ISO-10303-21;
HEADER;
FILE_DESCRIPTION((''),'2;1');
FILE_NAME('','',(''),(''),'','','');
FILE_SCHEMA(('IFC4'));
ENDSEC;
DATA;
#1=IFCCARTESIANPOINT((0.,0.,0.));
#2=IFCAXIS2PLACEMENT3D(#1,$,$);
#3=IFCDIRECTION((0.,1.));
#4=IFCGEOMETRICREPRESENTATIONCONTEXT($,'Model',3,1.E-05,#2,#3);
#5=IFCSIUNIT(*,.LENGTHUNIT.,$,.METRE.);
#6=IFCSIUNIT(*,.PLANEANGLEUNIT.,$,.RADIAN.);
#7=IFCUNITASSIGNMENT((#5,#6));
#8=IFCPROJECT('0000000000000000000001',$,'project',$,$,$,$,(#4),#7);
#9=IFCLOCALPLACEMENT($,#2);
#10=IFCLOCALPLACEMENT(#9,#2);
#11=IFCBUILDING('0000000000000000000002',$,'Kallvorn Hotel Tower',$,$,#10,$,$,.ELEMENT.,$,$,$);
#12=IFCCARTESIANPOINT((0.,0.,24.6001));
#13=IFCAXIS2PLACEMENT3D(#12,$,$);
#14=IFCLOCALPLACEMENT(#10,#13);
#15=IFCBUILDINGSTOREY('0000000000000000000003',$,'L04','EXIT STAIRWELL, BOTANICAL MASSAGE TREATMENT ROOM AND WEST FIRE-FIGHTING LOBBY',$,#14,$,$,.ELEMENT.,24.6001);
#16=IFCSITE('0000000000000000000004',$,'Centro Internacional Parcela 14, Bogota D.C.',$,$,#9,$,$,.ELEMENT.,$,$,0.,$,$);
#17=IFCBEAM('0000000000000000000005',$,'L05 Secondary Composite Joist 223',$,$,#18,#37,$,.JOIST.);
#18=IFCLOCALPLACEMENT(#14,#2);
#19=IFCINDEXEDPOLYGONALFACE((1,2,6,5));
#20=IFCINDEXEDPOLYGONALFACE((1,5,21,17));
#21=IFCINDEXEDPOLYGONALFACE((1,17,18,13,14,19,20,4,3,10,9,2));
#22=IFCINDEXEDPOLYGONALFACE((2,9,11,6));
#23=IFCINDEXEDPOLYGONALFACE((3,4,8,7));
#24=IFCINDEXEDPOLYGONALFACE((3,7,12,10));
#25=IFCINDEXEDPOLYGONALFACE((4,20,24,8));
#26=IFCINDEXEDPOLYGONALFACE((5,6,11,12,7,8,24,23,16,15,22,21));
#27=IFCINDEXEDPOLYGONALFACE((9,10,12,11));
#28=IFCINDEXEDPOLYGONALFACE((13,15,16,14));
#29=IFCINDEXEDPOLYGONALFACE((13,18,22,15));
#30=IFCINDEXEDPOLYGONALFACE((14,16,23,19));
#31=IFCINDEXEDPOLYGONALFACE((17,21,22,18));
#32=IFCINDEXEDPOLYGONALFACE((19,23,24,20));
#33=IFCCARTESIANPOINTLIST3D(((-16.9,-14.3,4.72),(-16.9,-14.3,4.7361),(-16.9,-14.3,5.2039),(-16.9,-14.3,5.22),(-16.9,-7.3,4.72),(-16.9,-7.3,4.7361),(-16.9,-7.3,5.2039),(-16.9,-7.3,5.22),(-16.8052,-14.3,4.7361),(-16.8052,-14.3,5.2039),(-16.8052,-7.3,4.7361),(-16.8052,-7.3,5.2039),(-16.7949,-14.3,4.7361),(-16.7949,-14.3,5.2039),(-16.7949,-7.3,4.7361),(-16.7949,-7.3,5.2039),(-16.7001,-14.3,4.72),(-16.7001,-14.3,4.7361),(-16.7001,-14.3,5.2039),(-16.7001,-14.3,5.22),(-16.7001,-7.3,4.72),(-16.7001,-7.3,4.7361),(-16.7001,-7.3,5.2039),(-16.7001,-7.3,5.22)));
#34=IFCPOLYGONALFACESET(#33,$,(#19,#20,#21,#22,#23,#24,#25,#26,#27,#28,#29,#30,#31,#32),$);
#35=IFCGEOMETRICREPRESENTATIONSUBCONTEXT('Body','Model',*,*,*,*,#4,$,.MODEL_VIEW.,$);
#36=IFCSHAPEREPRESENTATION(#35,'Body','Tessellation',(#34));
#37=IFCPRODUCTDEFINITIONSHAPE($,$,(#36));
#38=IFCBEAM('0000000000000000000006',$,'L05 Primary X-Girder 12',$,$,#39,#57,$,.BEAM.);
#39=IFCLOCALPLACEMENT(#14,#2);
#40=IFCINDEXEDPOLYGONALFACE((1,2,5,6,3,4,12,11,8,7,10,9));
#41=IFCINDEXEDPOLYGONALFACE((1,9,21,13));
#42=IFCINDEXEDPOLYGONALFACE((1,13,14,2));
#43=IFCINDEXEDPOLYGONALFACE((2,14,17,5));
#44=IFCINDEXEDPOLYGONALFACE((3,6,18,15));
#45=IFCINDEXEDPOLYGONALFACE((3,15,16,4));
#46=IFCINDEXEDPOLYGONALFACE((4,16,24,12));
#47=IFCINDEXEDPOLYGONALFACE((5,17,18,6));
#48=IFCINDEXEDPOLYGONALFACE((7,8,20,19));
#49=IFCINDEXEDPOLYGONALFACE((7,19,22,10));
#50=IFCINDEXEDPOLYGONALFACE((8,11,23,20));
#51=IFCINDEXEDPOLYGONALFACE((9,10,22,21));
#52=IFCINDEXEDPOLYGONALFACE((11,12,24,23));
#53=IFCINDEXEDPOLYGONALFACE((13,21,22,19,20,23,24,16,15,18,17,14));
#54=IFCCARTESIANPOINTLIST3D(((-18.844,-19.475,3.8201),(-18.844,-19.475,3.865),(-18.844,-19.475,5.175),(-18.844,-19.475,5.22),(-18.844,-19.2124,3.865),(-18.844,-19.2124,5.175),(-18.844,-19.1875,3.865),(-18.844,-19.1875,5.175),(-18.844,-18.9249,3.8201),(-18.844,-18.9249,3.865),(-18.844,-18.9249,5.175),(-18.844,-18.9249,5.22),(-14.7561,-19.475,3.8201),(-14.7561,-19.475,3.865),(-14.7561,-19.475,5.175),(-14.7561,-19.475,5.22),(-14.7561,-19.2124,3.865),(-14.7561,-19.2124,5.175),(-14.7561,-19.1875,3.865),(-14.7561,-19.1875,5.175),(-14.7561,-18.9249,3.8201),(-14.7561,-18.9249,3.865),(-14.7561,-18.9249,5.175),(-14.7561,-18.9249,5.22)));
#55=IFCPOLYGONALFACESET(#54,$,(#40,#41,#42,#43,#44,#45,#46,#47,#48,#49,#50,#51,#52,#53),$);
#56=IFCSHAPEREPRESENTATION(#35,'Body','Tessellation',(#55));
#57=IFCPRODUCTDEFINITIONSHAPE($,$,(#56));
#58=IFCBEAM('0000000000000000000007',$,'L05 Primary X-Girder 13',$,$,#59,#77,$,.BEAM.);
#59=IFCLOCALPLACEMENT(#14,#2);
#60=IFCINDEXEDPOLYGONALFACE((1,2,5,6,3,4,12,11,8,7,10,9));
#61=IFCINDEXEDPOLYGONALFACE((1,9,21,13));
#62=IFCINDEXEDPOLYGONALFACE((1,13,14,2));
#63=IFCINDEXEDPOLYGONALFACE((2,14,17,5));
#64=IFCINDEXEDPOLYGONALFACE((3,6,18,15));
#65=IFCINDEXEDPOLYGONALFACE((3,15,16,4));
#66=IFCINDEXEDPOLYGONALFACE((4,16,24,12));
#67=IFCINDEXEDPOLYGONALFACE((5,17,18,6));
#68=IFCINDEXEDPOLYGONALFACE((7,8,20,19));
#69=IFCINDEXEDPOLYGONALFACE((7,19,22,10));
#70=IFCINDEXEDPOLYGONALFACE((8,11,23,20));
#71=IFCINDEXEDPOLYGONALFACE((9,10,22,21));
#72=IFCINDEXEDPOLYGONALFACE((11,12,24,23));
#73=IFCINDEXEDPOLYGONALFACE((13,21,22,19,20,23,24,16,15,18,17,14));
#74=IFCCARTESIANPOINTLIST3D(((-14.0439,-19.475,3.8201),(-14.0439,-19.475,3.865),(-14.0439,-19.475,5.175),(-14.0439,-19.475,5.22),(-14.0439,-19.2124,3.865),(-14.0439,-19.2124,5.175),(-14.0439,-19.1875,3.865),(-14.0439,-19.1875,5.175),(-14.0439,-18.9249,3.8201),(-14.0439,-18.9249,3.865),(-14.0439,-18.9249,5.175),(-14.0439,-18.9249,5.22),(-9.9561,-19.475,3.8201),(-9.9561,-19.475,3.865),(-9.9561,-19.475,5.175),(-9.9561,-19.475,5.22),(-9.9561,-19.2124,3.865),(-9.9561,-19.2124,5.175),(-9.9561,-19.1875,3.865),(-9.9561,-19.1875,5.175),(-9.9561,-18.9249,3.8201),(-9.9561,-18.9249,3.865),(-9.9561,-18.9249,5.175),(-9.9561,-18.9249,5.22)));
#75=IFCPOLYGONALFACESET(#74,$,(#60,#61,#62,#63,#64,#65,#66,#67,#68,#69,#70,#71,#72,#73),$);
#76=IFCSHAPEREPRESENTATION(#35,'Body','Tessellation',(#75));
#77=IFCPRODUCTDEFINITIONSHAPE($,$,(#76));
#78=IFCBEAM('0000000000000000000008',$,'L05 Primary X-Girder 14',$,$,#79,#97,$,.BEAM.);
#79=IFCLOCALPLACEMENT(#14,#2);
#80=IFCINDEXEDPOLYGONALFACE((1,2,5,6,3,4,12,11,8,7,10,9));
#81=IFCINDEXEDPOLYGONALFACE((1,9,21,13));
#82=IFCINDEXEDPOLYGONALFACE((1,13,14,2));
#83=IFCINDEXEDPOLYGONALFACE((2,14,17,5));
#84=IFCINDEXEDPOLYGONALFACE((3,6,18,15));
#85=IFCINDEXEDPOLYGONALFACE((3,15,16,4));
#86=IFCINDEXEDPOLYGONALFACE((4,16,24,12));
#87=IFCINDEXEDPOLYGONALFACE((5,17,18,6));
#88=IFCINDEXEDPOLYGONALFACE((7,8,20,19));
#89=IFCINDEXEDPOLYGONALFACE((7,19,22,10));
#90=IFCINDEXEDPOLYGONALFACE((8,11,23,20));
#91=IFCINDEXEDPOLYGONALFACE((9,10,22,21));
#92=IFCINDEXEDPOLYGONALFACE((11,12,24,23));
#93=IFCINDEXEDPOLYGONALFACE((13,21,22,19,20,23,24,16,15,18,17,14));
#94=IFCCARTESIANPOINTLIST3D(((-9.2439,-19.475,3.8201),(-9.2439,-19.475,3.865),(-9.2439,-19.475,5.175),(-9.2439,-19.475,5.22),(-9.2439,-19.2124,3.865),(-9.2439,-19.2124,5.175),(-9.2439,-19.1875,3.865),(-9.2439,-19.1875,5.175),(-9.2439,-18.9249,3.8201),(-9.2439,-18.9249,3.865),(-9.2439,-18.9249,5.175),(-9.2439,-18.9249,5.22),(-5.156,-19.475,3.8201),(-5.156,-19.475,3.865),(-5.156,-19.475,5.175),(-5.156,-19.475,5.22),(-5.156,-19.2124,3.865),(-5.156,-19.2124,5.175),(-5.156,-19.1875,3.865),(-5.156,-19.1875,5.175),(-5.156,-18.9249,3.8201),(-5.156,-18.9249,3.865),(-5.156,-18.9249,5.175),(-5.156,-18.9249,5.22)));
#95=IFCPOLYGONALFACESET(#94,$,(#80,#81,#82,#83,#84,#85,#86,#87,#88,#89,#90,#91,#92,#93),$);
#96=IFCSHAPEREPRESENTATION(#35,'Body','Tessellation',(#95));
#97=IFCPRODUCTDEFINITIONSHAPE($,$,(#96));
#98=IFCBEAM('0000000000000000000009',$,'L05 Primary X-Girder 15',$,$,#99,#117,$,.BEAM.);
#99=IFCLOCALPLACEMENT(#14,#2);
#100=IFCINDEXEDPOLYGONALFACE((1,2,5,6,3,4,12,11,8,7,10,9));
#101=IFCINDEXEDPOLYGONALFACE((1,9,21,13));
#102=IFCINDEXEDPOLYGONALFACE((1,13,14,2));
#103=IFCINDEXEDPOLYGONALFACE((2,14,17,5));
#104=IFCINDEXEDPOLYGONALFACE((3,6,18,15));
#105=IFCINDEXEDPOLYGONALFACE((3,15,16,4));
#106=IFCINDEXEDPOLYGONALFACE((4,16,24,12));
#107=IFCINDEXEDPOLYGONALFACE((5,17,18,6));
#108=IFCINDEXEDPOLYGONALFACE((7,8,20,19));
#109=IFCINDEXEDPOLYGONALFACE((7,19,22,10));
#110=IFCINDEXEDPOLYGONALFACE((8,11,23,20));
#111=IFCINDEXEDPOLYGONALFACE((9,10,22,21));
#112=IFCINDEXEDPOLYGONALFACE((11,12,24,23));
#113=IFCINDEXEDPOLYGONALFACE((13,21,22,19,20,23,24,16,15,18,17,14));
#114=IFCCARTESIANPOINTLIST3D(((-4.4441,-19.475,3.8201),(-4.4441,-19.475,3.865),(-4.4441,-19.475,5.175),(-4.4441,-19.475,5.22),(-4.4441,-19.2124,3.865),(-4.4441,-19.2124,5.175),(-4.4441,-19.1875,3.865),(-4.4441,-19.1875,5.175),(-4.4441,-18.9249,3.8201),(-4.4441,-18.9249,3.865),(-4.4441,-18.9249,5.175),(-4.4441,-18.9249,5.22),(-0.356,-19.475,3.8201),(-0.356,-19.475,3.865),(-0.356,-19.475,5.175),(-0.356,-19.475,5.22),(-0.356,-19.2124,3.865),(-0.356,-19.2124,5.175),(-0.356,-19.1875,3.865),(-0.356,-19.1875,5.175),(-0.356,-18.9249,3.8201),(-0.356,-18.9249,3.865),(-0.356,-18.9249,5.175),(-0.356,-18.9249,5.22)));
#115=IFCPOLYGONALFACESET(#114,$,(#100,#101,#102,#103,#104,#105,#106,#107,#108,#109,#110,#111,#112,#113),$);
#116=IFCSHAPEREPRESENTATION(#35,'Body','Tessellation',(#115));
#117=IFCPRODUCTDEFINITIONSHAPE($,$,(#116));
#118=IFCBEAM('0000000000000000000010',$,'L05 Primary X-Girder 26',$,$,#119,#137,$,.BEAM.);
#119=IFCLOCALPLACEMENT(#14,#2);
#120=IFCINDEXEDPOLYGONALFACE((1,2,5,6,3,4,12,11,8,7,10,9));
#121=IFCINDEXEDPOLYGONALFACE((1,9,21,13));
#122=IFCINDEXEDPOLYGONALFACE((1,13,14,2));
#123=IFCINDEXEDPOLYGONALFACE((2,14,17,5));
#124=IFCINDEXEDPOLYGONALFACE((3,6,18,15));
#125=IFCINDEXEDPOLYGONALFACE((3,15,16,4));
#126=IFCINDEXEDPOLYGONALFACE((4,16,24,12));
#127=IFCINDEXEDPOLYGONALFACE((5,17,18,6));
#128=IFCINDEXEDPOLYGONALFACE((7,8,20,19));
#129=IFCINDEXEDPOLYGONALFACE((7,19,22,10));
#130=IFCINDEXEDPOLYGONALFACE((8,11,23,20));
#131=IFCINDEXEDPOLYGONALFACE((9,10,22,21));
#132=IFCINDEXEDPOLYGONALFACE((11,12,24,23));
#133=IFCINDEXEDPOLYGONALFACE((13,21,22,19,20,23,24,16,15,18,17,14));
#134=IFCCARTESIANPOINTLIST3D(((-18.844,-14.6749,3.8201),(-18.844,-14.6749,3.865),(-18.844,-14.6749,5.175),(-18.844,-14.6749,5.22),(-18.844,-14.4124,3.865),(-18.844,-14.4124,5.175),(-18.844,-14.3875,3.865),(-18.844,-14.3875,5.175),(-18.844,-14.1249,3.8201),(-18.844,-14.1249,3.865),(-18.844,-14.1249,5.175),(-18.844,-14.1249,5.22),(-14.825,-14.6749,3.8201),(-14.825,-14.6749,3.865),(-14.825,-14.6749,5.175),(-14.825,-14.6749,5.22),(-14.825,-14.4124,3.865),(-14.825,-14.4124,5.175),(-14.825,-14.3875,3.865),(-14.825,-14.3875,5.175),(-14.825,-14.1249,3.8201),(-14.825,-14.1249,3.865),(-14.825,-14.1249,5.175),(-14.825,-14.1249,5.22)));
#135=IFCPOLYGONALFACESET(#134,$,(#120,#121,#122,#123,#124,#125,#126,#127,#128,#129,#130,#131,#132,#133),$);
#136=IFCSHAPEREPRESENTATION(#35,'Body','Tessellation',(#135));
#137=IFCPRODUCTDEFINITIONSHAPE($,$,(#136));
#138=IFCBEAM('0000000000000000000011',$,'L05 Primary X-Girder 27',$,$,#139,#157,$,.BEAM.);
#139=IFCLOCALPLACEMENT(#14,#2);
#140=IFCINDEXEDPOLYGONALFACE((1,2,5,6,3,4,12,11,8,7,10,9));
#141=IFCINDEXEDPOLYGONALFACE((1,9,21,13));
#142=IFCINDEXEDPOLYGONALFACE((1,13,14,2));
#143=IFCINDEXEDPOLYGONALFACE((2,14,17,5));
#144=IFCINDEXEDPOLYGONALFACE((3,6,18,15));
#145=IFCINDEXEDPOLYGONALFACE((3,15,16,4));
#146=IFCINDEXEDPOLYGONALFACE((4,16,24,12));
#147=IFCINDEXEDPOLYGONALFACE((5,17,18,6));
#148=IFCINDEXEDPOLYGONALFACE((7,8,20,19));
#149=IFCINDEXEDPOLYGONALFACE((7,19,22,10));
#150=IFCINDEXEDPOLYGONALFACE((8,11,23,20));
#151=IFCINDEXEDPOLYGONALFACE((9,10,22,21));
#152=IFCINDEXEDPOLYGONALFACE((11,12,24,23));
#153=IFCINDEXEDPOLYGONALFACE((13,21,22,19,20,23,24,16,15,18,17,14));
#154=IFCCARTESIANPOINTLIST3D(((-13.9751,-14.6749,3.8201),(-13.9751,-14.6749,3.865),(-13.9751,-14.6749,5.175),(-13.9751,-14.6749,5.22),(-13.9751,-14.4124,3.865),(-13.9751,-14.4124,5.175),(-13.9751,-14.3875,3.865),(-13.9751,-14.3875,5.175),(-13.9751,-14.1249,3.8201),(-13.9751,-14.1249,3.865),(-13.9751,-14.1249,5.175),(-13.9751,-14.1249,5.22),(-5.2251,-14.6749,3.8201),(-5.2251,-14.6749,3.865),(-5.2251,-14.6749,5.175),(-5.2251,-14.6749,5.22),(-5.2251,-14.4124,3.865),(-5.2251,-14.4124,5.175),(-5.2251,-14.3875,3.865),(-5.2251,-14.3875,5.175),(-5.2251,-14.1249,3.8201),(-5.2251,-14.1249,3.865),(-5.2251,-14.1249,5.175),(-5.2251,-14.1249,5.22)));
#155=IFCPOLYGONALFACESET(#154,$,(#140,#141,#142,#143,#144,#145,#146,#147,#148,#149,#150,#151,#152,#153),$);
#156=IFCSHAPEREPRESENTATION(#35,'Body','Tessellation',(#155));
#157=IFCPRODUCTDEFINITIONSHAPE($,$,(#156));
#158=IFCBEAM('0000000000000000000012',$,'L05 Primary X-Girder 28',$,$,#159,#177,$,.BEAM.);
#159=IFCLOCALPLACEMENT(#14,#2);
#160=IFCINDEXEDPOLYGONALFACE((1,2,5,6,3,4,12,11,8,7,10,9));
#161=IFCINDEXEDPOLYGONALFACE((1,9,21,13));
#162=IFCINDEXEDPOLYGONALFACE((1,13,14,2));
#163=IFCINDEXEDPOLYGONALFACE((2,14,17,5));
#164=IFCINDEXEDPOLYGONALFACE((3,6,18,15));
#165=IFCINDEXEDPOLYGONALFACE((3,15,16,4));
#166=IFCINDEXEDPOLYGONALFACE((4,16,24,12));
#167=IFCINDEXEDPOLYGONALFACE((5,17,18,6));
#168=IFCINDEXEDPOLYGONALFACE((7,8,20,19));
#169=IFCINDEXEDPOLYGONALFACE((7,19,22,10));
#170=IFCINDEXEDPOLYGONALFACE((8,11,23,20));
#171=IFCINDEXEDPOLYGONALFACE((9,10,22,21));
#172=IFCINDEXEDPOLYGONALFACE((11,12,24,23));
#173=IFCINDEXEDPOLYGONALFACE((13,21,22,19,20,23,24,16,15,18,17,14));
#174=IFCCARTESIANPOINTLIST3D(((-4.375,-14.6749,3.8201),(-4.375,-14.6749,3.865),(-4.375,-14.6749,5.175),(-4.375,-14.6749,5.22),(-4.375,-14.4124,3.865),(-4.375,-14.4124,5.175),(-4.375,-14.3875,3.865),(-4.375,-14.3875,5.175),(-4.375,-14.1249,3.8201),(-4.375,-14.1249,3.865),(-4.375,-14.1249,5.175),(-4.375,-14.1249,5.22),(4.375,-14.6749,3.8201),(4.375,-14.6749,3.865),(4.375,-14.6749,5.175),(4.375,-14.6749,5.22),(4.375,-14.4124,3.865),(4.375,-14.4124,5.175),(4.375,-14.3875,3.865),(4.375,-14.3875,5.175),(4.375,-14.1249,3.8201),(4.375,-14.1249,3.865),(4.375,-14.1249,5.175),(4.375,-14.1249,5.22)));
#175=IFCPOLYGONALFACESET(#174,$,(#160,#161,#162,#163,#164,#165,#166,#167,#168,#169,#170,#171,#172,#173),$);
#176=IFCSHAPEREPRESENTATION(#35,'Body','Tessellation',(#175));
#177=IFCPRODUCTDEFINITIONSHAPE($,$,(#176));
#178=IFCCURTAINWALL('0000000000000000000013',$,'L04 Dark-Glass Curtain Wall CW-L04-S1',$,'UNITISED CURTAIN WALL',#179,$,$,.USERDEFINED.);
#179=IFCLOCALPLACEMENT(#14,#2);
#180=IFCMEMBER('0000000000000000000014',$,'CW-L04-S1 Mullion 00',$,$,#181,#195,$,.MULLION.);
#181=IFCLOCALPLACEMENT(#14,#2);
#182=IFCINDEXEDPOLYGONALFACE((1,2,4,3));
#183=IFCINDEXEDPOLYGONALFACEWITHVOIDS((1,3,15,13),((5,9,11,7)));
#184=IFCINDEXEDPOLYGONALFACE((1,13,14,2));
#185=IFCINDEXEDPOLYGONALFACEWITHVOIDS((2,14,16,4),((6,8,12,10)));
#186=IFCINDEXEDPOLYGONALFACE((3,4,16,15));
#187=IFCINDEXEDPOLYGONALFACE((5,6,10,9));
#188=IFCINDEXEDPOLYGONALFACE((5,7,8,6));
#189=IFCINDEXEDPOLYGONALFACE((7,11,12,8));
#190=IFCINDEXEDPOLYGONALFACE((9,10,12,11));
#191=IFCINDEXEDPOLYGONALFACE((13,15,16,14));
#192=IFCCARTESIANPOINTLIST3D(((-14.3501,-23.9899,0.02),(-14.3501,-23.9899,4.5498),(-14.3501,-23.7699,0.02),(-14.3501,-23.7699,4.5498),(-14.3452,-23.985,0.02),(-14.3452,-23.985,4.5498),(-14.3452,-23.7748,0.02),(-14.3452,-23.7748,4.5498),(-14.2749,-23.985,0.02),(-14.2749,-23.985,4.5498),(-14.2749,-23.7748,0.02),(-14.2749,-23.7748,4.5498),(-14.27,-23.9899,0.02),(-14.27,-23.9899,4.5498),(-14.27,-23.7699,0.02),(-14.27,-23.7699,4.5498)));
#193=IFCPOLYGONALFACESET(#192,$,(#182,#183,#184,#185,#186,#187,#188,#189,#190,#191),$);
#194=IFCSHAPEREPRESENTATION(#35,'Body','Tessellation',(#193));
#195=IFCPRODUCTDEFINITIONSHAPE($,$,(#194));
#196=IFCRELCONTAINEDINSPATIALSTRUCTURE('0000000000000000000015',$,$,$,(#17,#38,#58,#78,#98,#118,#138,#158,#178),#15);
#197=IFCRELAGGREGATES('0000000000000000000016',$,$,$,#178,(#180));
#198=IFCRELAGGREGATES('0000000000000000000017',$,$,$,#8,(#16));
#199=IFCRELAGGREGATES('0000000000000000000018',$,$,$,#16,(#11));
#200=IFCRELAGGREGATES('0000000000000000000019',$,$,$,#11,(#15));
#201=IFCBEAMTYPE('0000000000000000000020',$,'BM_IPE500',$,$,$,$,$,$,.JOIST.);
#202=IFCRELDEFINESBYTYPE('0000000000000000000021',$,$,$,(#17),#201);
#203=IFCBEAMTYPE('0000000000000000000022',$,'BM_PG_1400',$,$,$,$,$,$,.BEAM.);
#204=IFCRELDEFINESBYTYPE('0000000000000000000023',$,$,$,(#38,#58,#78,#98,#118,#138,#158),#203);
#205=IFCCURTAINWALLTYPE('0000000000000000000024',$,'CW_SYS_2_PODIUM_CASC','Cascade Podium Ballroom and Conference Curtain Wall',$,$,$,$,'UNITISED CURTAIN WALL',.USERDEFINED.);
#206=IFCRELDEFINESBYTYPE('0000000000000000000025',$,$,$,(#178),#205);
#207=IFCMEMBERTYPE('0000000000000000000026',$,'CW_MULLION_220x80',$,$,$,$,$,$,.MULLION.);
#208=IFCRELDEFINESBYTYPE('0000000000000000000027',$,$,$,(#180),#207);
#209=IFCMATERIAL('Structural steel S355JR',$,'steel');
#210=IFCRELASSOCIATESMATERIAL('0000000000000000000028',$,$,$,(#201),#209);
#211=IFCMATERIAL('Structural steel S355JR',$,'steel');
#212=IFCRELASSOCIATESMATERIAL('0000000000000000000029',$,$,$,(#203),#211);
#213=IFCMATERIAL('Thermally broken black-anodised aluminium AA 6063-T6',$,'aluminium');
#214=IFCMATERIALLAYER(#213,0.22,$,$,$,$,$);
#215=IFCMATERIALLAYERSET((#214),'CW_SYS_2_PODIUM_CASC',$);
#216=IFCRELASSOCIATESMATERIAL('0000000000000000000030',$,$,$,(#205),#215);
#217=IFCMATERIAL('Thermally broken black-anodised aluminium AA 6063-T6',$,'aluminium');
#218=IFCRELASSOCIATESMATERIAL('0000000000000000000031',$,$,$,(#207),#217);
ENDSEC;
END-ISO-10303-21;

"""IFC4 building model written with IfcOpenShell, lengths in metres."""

from ifc_helpers import new_model, si_unit, direction, frame, origin, origin_2d, place, context, subcontext, project, spatial, hollow_rectangle, i_section, extrude, material, layer, layer_set, material_profile, profile_set, type_object, element, aggregate, save


model = new_model("IFC4")

# Units and contexts
model_context = context("Model", 3, precision=1e-05, world=origin(), true_north=direction((0.0, 1.0)))
body_context = subcontext(model_context, "Body", "Model", "MODEL_VIEW")
ifc_project = project(units=[si_unit("LENGTHUNIT", "METRE"), si_unit("PLANEANGLEUNIT", "RADIAN")], contexts=[model_context])

# Site, building, storey
site_placement = place(None, origin())
site = spatial("IfcSite", under=ifc_project, at=site_placement, Name="Centro Internacional Parcela 14, Bogota D.C.", CompositionType="ELEMENT", RefElevation=0.0)
building_placement = place(site_placement, origin())
building = spatial("IfcBuilding", under=site, at=building_placement, Name="Kallvorn Hotel Tower", CompositionType="ELEMENT")
storey_placement = place(building_placement, frame((0.0, 0.0, 24.6001)))
storey = spatial("IfcBuildingStorey", under=building, at=storey_placement, Name="L04", Description="EXIT STAIRWELL, BOTANICAL MASSAGE TREATMENT ROOM AND WEST FIRE-FIGHTING LOBBY", CompositionType="ELEMENT", Elevation=24.6001)

# Beams
ifc_material_1 = material(Name="Structural steel S355JR", Category="steel")
ifc_material_profile_1 = material_profile(ifc_material_1, i_section(OverallWidth=0.2, OverallDepth=0.5, WebThickness=0.0103, FlangeThickness=0.0161, at=origin_2d()), Name="IPE 500")
ifc_profile_set_1 = profile_set([ifc_material_profile_1], Name="Structural steel S355JR")
beam_type_1 = type_object("IfcBeamType", Name="BM_IPE500", PredefinedType="JOIST", material=ifc_profile_set_1)
beam_1_placement = place(storey_placement, frame((-16.8, -14.3, 4.97), z_axis=(0.0, 1.0, 0.0), x_axis=(-1.0, 0.0, 0.0)))
element("IfcBeam", 1, at=beam_1_placement, inside=storey, type_object=beam_type_1, Name="L05 Secondary Composite Joist 223", PredefinedType="JOIST", context=body_context, shape_type="SweptSolid", body=[
    extrude(i_section(OverallWidth=0.2, OverallDepth=0.5, WebThickness=0.0103, FlangeThickness=0.0161, at=origin_2d()), origin(), (0.0, 0.0, 1.0), 7.0),
])
ifc_material_2 = material(Name="Structural steel S355JR", Category="steel")
ifc_material_profile_2 = material_profile(ifc_material_2, i_section(OverallWidth=0.55, OverallDepth=1.3999, WebThickness=0.0249, FlangeThickness=0.0449, at=origin_2d()), Name="PG 1400x550x25x45")
ifc_profile_set_2 = profile_set([ifc_material_profile_2], Name="Structural steel S355JR")
beam_type_2 = type_object("IfcBeamType", Name="BM_PG_1400", PredefinedType="BEAM", material=ifc_profile_set_2)
for number, where, z_axis, x_axis, name in (
    (2, (-18.844, -19.2, 4.52), (1.0, 0.0, 0.0), (0.0, 1.0, 0.0), "L05 Primary X-Girder 12"),
    (3, (-14.0439, -19.2, 4.52), (1.0, 0.0, 0.0), (0.0, 1.0, 0.0), "L05 Primary X-Girder 13"),
    (4, (-9.2439, -19.2, 4.52), (1.0, 0.0, 0.0), (0.0, 1.0, 0.0), "L05 Primary X-Girder 14"),
):
    element("IfcBeam", number, at=place(storey_placement, frame(where, z_axis=z_axis, x_axis=x_axis)), inside=storey, type_object=beam_type_2, Name=name, PredefinedType="BEAM", context=body_context, shape_type="SweptSolid", body=[
        extrude(i_section(OverallWidth=0.55, OverallDepth=1.3999, WebThickness=0.0249, FlangeThickness=0.0449, at=origin_2d()), origin(), (0.0, 0.0, 1.0), 4.0879),
    ])
beam_2_placement = place(storey_placement, frame((-4.4441, -19.2, 4.52), z_axis=(1.0, 0.0, 0.0), x_axis=(0.0, 1.0, 0.0)))
element("IfcBeam", 5, at=beam_2_placement, inside=storey, type_object=beam_type_2, Name="L05 Primary X-Girder 15", PredefinedType="BEAM", context=body_context, shape_type="SweptSolid", body=[
    extrude(i_section(OverallWidth=0.55, OverallDepth=1.3999, WebThickness=0.0249, FlangeThickness=0.0449, at=origin_2d()), origin(), (0.0, 0.0, 1.0), 4.0881),
])
beam_3_placement = place(storey_placement, frame((-18.844, -14.3999, 4.52), z_axis=(1.0, 0.0, 0.0), x_axis=(0.0, 1.0, 0.0)))
element("IfcBeam", 6, at=beam_3_placement, inside=storey, type_object=beam_type_2, Name="L05 Primary X-Girder 26", PredefinedType="BEAM", context=body_context, shape_type="SweptSolid", body=[
    extrude(i_section(OverallWidth=0.55, OverallDepth=1.3999, WebThickness=0.0249, FlangeThickness=0.0449, at=origin_2d()), origin(), (0.0, 0.0, 1.0), 4.019),
])
for number, where, z_axis, x_axis, name in (
    (7, (-13.9751, -14.3999, 4.52), (1.0, 0.0, 0.0), (0.0, 1.0, 0.0), "L05 Primary X-Girder 27"),
    (8, (-4.375, -14.3999, 4.52), (1.0, 0.0, 0.0), (0.0, 1.0, 0.0), "L05 Primary X-Girder 28"),
):
    element("IfcBeam", number, at=place(storey_placement, frame(where, z_axis=z_axis, x_axis=x_axis)), inside=storey, type_object=beam_type_2, Name=name, PredefinedType="BEAM", context=body_context, shape_type="SweptSolid", body=[
        extrude(i_section(OverallWidth=0.55, OverallDepth=1.3999, WebThickness=0.0249, FlangeThickness=0.0449, at=origin_2d()), origin(), (0.0, 0.0, 1.0), 8.75),
    ])

# Curtain wall, member
ifc_material_3 = material(Name="Thermally broken black-anodised aluminium AA 6063-T6", Category="aluminium")
ifc_layer_1 = layer(ifc_material_3, 0.22)
ifc_layer_set_1 = layer_set([ifc_layer_1], Name="CW_SYS_2_PODIUM_CASC")
curtain_wall_type = type_object("IfcCurtainWallType", Name="CW_SYS_2_PODIUM_CASC", Description="Cascade Podium Ballroom and Conference Curtain Wall", ElementType="UNITISED CURTAIN WALL", PredefinedType="USERDEFINED", material=ifc_layer_set_1)
curtain_wall_1_placement = place(storey_placement, origin())
curtain_wall_1 = element("IfcCurtainWall", 9, at=curtain_wall_1_placement, inside=storey, type_object=curtain_wall_type, Name="L04 Dark-Glass Curtain Wall CW-L04-S1", ObjectType="UNITISED CURTAIN WALL", PredefinedType="USERDEFINED")
ifc_material_4 = material(Name="Thermally broken black-anodised aluminium AA 6063-T6", Category="aluminium")
ifc_material_profile_3 = material_profile(ifc_material_4, hollow_rectangle(XDim=0.0801, YDim=0.22, WallThickness=0.0049, at=origin_2d()), Name="MUL 220x80")
ifc_profile_set_3 = profile_set([ifc_material_profile_3], Name="Thermally broken black-anodised aluminium AA 6063-T6")
member_type_1 = type_object("IfcMemberType", Name="CW_MULLION_220x80", PredefinedType="MULLION", material=ifc_profile_set_3)
member_1_placement = place(storey_placement, frame((-14.3101, -23.8799, 0.02), z_axis=(0.0, 0.0, 1.0), x_axis=(1.0, 0.0, 0.0)))
member_1 = element("IfcMember", 10, at=member_1_placement, type_object=member_type_1, Name="CW-L04-S1 Mullion 00", PredefinedType="MULLION", context=body_context, shape_type="SweptSolid", body=[
    extrude(hollow_rectangle(XDim=0.0801, YDim=0.22, WallThickness=0.0049, at=origin_2d()), origin(), (0.0, 0.0, 1.0), 4.5298),
])

aggregate(curtain_wall_1, [member_1])

save(model, "model.ifc")
